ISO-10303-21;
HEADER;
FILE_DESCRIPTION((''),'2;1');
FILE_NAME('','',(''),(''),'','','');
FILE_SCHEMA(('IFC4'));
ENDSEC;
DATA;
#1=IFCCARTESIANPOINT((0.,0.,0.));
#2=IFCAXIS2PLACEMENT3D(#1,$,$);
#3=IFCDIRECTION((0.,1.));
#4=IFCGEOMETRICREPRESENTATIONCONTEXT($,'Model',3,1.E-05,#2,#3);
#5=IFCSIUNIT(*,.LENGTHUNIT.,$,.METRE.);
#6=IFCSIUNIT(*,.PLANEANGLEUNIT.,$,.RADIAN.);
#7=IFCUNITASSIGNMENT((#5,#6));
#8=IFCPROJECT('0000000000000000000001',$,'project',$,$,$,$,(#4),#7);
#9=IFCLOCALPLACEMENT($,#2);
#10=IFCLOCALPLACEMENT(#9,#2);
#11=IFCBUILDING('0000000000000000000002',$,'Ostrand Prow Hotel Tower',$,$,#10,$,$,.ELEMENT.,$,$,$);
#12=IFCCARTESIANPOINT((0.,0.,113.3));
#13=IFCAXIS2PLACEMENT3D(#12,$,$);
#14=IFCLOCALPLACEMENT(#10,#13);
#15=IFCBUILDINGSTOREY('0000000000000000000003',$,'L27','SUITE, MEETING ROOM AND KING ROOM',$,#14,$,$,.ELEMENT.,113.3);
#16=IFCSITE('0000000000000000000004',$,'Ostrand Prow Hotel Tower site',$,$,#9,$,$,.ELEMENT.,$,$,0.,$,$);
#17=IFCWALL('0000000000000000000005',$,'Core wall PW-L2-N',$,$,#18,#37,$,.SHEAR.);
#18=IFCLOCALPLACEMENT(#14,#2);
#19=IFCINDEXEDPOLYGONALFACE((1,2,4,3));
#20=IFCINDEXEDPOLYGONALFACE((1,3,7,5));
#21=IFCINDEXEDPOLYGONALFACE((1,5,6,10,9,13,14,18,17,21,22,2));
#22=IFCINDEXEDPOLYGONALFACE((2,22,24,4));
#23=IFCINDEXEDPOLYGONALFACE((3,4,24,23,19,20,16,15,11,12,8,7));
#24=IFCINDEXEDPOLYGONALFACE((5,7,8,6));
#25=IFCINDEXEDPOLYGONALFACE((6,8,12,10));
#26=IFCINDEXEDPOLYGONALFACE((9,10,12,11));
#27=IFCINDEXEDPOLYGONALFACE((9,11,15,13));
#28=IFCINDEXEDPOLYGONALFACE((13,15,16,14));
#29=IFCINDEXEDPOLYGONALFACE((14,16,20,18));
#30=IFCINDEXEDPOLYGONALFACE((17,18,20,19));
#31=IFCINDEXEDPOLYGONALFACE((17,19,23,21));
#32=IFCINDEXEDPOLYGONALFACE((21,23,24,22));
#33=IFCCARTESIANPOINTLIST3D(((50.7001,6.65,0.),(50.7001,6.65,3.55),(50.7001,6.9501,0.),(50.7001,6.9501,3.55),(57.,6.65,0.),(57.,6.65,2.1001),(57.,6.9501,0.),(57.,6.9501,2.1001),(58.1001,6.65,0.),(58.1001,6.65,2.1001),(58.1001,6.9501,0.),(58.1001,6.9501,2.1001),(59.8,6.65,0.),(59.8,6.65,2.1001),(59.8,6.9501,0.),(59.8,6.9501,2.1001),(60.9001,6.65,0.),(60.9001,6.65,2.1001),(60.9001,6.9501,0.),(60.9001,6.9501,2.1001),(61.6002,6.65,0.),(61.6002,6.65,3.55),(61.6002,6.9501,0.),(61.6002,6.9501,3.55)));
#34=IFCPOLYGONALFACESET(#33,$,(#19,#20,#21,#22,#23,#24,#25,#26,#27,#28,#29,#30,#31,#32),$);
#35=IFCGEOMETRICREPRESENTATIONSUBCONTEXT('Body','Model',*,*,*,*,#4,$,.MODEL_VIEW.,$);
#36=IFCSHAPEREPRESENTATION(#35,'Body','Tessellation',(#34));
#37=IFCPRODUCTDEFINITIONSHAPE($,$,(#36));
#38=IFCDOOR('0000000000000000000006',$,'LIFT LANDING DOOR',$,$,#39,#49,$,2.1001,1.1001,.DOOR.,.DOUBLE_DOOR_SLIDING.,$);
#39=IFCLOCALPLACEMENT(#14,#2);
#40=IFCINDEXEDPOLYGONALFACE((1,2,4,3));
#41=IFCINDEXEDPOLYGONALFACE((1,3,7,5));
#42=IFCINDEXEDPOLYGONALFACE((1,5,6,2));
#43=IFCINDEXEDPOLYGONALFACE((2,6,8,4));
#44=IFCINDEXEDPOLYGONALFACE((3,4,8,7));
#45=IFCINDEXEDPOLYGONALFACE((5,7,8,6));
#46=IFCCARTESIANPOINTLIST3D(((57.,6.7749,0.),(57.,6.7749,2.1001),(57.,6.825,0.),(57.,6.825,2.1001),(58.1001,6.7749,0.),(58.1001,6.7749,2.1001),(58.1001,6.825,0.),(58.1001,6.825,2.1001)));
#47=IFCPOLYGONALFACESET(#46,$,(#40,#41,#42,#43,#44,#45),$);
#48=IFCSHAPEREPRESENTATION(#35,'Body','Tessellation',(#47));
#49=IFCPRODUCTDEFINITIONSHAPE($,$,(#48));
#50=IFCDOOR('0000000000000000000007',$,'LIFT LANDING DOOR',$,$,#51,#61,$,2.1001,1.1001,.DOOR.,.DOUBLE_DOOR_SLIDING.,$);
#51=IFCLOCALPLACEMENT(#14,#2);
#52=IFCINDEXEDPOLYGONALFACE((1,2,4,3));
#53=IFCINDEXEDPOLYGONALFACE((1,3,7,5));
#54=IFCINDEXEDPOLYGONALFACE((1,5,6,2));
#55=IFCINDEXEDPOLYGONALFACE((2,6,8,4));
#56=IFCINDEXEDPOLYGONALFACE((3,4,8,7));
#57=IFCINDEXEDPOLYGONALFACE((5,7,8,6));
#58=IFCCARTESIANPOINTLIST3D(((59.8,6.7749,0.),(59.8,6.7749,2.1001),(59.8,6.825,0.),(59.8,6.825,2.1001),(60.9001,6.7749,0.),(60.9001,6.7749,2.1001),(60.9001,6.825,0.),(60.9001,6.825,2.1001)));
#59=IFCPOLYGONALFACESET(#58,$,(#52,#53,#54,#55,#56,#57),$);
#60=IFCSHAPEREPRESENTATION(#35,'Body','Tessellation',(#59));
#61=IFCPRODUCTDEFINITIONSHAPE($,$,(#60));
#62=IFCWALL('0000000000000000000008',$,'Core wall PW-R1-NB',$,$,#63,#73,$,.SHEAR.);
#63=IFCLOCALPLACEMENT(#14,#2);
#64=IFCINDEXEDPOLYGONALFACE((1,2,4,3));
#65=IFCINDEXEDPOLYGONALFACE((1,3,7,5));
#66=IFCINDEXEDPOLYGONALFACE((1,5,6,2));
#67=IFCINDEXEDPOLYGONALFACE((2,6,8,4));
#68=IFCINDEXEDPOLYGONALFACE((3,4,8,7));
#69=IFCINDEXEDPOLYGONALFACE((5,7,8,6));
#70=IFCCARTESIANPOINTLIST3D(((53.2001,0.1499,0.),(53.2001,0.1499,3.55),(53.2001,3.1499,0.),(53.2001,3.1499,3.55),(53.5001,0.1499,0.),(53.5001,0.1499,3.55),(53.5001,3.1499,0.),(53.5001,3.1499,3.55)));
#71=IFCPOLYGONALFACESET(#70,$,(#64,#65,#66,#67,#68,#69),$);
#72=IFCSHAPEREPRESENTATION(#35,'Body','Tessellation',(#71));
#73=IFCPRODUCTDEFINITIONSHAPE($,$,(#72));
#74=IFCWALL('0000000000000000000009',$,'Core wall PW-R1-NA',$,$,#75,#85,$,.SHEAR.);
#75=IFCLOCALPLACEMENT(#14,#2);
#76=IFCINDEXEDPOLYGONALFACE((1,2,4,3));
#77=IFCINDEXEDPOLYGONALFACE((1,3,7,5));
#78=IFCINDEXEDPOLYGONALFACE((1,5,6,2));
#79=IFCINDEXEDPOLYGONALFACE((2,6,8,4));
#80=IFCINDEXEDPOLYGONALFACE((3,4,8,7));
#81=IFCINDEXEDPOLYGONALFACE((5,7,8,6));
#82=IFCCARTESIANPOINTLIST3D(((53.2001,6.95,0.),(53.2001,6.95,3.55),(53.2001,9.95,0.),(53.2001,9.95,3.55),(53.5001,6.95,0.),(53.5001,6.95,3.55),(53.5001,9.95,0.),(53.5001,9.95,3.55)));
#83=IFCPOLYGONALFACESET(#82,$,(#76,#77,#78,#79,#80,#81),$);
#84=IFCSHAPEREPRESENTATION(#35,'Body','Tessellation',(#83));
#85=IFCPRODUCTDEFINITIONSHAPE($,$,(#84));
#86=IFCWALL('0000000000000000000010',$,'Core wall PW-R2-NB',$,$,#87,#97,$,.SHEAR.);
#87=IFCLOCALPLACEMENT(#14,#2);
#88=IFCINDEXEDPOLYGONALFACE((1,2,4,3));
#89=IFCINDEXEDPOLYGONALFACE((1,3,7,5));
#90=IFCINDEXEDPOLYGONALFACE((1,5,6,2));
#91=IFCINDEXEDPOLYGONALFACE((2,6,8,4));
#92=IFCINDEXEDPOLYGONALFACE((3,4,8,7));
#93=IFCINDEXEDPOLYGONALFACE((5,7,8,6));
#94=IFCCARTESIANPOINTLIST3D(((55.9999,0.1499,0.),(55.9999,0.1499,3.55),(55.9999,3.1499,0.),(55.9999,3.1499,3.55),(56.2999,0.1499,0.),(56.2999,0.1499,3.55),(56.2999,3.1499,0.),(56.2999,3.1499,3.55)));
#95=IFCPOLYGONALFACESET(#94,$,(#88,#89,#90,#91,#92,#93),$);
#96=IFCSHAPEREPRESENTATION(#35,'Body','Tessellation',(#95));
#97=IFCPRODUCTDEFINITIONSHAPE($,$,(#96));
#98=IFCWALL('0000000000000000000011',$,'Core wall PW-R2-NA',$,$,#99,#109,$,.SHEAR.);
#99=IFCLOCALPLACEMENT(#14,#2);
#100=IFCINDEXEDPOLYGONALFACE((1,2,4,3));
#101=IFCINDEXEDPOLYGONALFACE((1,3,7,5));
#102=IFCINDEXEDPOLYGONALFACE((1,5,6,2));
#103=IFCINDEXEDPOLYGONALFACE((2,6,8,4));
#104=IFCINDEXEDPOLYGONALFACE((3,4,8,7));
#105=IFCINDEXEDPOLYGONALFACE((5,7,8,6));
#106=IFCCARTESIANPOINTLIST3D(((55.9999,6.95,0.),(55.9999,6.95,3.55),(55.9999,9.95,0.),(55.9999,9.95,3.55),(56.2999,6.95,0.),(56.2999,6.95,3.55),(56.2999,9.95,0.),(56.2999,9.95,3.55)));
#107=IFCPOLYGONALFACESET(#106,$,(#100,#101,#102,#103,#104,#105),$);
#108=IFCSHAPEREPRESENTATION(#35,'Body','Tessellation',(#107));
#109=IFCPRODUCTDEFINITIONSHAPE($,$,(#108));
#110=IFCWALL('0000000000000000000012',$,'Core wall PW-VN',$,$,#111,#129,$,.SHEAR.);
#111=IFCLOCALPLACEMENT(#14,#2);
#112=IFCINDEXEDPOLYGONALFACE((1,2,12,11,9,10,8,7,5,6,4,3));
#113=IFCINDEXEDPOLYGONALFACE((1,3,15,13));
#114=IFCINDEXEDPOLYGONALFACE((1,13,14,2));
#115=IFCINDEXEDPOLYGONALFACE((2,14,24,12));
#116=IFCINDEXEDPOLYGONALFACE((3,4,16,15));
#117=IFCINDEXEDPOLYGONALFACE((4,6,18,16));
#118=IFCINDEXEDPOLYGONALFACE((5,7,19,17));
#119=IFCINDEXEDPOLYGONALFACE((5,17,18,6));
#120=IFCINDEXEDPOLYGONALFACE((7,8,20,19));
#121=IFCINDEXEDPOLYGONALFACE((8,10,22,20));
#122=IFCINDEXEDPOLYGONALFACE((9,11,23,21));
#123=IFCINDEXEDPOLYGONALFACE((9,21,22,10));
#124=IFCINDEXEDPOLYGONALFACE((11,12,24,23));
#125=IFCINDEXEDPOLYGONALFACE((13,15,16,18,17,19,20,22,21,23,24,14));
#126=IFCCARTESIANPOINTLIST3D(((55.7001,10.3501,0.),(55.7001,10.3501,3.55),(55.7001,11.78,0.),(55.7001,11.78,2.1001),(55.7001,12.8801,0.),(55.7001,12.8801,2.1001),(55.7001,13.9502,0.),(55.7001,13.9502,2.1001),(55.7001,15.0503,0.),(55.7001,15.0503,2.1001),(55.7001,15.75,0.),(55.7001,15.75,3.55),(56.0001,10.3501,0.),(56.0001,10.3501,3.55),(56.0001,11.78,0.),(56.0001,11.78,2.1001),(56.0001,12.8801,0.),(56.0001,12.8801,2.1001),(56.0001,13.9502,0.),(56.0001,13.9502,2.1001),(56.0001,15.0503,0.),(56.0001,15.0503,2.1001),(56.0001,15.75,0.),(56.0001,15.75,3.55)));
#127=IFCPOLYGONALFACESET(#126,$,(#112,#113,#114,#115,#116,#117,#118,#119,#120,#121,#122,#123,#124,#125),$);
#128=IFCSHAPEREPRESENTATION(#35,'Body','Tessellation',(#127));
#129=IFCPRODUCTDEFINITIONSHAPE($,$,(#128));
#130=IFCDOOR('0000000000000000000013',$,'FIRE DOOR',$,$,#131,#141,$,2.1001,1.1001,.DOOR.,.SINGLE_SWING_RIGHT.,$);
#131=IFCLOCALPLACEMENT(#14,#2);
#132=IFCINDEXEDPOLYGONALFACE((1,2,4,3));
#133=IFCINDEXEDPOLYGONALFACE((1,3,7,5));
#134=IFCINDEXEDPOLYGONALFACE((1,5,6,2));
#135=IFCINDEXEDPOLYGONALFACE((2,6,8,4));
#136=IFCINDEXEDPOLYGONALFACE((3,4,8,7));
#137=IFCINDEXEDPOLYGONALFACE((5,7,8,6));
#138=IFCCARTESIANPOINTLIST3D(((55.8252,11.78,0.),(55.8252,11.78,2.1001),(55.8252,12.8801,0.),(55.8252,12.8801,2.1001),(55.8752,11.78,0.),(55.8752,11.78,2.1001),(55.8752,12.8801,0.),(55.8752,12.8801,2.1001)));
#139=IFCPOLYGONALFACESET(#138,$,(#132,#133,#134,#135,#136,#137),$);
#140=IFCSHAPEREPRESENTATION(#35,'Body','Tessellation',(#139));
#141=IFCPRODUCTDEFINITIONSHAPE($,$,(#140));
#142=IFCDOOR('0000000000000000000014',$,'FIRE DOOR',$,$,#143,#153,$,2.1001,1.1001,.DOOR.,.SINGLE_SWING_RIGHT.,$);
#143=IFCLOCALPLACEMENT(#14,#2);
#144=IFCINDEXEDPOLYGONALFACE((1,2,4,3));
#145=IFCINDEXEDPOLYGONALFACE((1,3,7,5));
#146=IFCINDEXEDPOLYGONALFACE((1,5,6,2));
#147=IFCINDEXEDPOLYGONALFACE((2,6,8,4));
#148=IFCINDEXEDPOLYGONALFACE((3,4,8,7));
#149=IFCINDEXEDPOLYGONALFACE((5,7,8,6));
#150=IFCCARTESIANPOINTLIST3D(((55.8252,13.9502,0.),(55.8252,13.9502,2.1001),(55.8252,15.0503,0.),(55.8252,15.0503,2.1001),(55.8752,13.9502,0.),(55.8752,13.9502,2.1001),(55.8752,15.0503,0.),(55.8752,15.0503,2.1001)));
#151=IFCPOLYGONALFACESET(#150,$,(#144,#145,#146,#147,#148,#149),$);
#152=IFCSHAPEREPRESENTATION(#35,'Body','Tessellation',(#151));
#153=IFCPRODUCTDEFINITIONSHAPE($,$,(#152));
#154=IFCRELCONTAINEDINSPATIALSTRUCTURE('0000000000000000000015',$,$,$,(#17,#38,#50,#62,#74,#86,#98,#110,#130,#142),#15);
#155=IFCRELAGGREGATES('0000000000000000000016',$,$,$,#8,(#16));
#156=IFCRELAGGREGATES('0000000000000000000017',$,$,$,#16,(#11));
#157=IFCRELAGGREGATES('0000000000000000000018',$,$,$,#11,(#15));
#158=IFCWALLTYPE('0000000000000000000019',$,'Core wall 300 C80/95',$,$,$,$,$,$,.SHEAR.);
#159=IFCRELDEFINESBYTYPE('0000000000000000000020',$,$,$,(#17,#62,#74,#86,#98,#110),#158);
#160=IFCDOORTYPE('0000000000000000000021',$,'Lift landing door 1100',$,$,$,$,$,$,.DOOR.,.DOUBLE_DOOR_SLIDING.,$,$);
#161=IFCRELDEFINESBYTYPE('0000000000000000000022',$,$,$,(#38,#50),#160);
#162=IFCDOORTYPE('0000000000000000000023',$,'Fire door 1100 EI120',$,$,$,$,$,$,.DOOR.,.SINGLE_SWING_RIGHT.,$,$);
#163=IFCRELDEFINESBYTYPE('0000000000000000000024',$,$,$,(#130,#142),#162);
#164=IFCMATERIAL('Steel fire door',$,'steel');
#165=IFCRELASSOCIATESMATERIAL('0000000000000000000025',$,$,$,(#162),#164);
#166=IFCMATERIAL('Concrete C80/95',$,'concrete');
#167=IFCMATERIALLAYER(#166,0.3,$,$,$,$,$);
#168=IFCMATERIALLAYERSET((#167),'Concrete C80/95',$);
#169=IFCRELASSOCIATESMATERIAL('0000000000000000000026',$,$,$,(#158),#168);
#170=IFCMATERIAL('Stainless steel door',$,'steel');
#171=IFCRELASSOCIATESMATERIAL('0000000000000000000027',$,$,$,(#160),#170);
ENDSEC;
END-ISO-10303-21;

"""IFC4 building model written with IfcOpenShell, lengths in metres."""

from ifc_helpers import new_model, si_unit, direction, frame, frame_2d, origin, place, context, subcontext, project, spatial, rectangle, extrude, material, layer, layer_set, type_object, element, fill, save


model = new_model("IFC4")

# Units and contexts
model_context = context("Model", 3, precision=1e-05, world=origin(), true_north=direction((0.0, 1.0)))
body_context = subcontext(model_context, "Body", "Model", "MODEL_VIEW")
ifc_project = project(units=[si_unit("LENGTHUNIT", "METRE"), si_unit("PLANEANGLEUNIT", "RADIAN")], contexts=[model_context])

# Site, building, storey
site_placement = place(None, origin())
site = spatial("IfcSite", under=ifc_project, at=site_placement, Name="Ostrand Prow Hotel Tower site", CompositionType="ELEMENT", RefElevation=0.0)
building_placement = place(site_placement, origin())
building = spatial("IfcBuilding", under=site, at=building_placement, Name="Ostrand Prow Hotel Tower", CompositionType="ELEMENT")
storey_placement = place(building_placement, frame((0.0, 0.0, 113.3)))
storey = spatial("IfcBuildingStorey", under=building, at=storey_placement, Name="L27", Description="SUITE, MEETING ROOM AND KING ROOM", CompositionType="ELEMENT", Elevation=113.3)

# Shared definitions
ifc_material_1 = material(Name="Steel fire door", Category="steel")
door_type_1 = type_object("IfcDoorType", Name="Fire door 1100 EI120", OperationType="SINGLE_SWING_RIGHT", PredefinedType="DOOR", material=ifc_material_1)

# Wall, openings, doors
ifc_material_2 = material(Name="Concrete C80/95", Category="concrete")
ifc_layer_1 = layer(ifc_material_2, 0.3)
ifc_layer_set_1 = layer_set([ifc_layer_1], Name="Concrete C80/95")
wall_type_1 = type_object("IfcWallType", Name="Core wall 300 C80/95", PredefinedType="SHEAR", material=ifc_layer_set_1)
wall_1_placement = place(storey_placement, frame((50.7, 6.8, 0.0), z_axis=(0.0, 0.0, 1.0), x_axis=(1.0, 0.0, 0.0)))
wall_1 = element("IfcWall", 1, at=wall_1_placement, inside=storey, type_object=wall_type_1, Name="Core wall PW-L2-N", PredefinedType="SHEAR", context=body_context, shape_type="SweptSolid", body=[
    extrude(rectangle(XDim=10.9001, YDim=0.3, at=frame_2d((5.4502, 0.0))), origin(), (0.0, 0.0, 1.0), 3.55),
])
opening_1_placement = place(wall_1_placement, frame((6.3, 0.0, 0.0)))
opening_1 = element("IfcOpeningElement", 2, at=opening_1_placement, cuts=wall_1, PredefinedType="OPENING", context=body_context, shape_type="SweptSolid", body=[
    extrude(rectangle(XDim=1.1001, YDim=2.1001, at=frame_2d((0.55, 1.05))), frame((0.0, 0.1599, 0.0), z_axis=(0.0, -1.0, 0.0), x_axis=(1.0, 0.0, 0.0)), (0.0, 0.0, 1.0), 0.3201),
])
opening_2_placement = place(wall_1_placement, frame((9.1001, 0.0, 0.0)))
opening_2 = element("IfcOpeningElement", 3, at=opening_2_placement, cuts=wall_1, PredefinedType="OPENING", context=body_context, shape_type="SweptSolid", body=[
    extrude(rectangle(XDim=1.1001, YDim=2.1001, at=frame_2d((0.55, 1.05))), frame((0.0, 0.1599, 0.0), z_axis=(0.0, -1.0, 0.0), x_axis=(1.0, 0.0, 0.0)), (0.0, 0.0, 1.0), 0.3201),
])
ifc_material_3 = material(Name="Stainless steel door", Category="steel")
door_type_2 = type_object("IfcDoorType", Name="Lift landing door 1100", OperationType="DOUBLE_DOOR_SLIDING", PredefinedType="DOOR", material=ifc_material_3)
door_1_placement = place(opening_1_placement, origin())
door_1 = element("IfcDoor", 4, at=door_1_placement, inside=storey, type_object=door_type_2, Name="LIFT LANDING DOOR", OperationType="DOUBLE_DOOR_SLIDING", OverallHeight=2.1001, OverallWidth=1.1001, PredefinedType="DOOR", context=body_context, shape_type="SweptSolid", body=[
    extrude(rectangle(XDim=1.1001, YDim=2.1001, at=frame_2d((0.55, 1.05))), frame((0.0, 0.0249, 0.0), z_axis=(0.0, -1.0, 0.0), x_axis=(1.0, 0.0, 0.0)), (0.0, 0.0, 1.0), 0.05),
])
fill(opening_1, door_1)
door_2_placement = place(opening_2_placement, origin())
door_2 = element("IfcDoor", 5, at=door_2_placement, inside=storey, type_object=door_type_2, Name="LIFT LANDING DOOR", OperationType="DOUBLE_DOOR_SLIDING", OverallHeight=2.1001, OverallWidth=1.1001, PredefinedType="DOOR", context=body_context, shape_type="SweptSolid", body=[
    extrude(rectangle(XDim=1.1001, YDim=2.1001, at=frame_2d((0.55, 1.05))), frame((0.0, 0.0249, 0.0), z_axis=(0.0, -1.0, 0.0), x_axis=(1.0, 0.0, 0.0)), (0.0, 0.0, 1.0), 0.05),
])
fill(opening_2, door_2)

# Walls
for number, where, z_axis, x_axis, name in (
    (6, (53.3501, 0.1499, 0.0), (0.0, 0.0, 1.0), (0.0, 1.0, 0.0), "Core wall PW-R1-NB"),
    (7, (53.3501, 6.95, 0.0), (0.0, 0.0, 1.0), (0.0, 1.0, 0.0), "Core wall PW-R1-NA"),
    (8, (56.1499, 0.1499, 0.0), (0.0, 0.0, 1.0), (0.0, 1.0, 0.0), "Core wall PW-R2-NB"),
    (9, (56.1499, 6.95, 0.0), (0.0, 0.0, 1.0), (0.0, 1.0, 0.0), "Core wall PW-R2-NA"),
):
    element("IfcWall", number, at=place(storey_placement, frame(where, z_axis=z_axis, x_axis=x_axis)), inside=storey, type_object=wall_type_1, Name=name, PredefinedType="SHEAR", context=body_context, shape_type="SweptSolid", body=[
        extrude(rectangle(XDim=3.0, YDim=0.3, at=frame_2d((1.5, 0.0))), origin(), (0.0, 0.0, 1.0), 3.55),
    ])

# Wall, openings, doors
wall_2_placement = place(storey_placement, frame((55.8501, 10.3501, 0.0), z_axis=(0.0, 0.0, 1.0), x_axis=(0.0, 1.0, 0.0)))
wall_2 = element("IfcWall", 10, at=wall_2_placement, inside=storey, type_object=wall_type_1, Name="Core wall PW-VN", PredefinedType="SHEAR", context=body_context, shape_type="SweptSolid", body=[
    extrude(rectangle(XDim=5.3999, YDim=0.3, at=frame_2d((2.7, 0.0))), origin(), (0.0, 0.0, 1.0), 3.55),
])
opening_3_placement = place(wall_2_placement, frame((1.4299, 0.0, 0.0)))
opening_3 = element("IfcOpeningElement", 11, at=opening_3_placement, cuts=wall_2, PredefinedType="OPENING", context=body_context, shape_type="SweptSolid", body=[
    extrude(rectangle(XDim=1.1001, YDim=2.1001, at=frame_2d((0.55, 1.05))), frame((0.0, 0.1599, 0.0), z_axis=(0.0, -1.0, 0.0), x_axis=(1.0, 0.0, 0.0)), (0.0, 0.0, 1.0), 0.3201),
])
opening_4_placement = place(wall_2_placement, frame((3.6001, 0.0, 0.0)))
opening_4 = element("IfcOpeningElement", 12, at=opening_4_placement, cuts=wall_2, PredefinedType="OPENING", context=body_context, shape_type="SweptSolid", body=[
    extrude(rectangle(XDim=1.1001, YDim=2.1001, at=frame_2d((0.55, 1.05))), frame((0.0, 0.1599, 0.0), z_axis=(0.0, -1.0, 0.0), x_axis=(1.0, 0.0, 0.0)), (0.0, 0.0, 1.0), 0.3201),
])
door_3_placement = place(opening_3_placement, origin())
door_3 = element("IfcDoor", 13, at=door_3_placement, inside=storey, type_object=door_type_1, Name="FIRE DOOR", OperationType="SINGLE_SWING_RIGHT", OverallHeight=2.1001, OverallWidth=1.1001, PredefinedType="DOOR", context=body_context, shape_type="SweptSolid", body=[
    extrude(rectangle(XDim=1.1001, YDim=2.1001, at=frame_2d((0.55, 1.05))), frame((0.0, 0.0249, 0.0), z_axis=(0.0, -1.0, 0.0), x_axis=(1.0, 0.0, 0.0)), (0.0, 0.0, 1.0), 0.05),
])
fill(opening_3, door_3)
door_4_placement = place(opening_4_placement, origin())
door_4 = element("IfcDoor", 14, at=door_4_placement, inside=storey, type_object=door_type_1, Name="FIRE DOOR", OperationType="SINGLE_SWING_RIGHT", OverallHeight=2.1001, OverallWidth=1.1001, PredefinedType="DOOR", context=body_context, shape_type="SweptSolid", body=[
    extrude(rectangle(XDim=1.1001, YDim=2.1001, at=frame_2d((0.55, 1.05))), frame((0.0, 0.0249, 0.0), z_axis=(0.0, -1.0, 0.0), x_axis=(1.0, 0.0, 0.0)), (0.0, 0.0, 1.0), 0.05),
])
fill(opening_4, door_4)

save(model, "model.ifc")
